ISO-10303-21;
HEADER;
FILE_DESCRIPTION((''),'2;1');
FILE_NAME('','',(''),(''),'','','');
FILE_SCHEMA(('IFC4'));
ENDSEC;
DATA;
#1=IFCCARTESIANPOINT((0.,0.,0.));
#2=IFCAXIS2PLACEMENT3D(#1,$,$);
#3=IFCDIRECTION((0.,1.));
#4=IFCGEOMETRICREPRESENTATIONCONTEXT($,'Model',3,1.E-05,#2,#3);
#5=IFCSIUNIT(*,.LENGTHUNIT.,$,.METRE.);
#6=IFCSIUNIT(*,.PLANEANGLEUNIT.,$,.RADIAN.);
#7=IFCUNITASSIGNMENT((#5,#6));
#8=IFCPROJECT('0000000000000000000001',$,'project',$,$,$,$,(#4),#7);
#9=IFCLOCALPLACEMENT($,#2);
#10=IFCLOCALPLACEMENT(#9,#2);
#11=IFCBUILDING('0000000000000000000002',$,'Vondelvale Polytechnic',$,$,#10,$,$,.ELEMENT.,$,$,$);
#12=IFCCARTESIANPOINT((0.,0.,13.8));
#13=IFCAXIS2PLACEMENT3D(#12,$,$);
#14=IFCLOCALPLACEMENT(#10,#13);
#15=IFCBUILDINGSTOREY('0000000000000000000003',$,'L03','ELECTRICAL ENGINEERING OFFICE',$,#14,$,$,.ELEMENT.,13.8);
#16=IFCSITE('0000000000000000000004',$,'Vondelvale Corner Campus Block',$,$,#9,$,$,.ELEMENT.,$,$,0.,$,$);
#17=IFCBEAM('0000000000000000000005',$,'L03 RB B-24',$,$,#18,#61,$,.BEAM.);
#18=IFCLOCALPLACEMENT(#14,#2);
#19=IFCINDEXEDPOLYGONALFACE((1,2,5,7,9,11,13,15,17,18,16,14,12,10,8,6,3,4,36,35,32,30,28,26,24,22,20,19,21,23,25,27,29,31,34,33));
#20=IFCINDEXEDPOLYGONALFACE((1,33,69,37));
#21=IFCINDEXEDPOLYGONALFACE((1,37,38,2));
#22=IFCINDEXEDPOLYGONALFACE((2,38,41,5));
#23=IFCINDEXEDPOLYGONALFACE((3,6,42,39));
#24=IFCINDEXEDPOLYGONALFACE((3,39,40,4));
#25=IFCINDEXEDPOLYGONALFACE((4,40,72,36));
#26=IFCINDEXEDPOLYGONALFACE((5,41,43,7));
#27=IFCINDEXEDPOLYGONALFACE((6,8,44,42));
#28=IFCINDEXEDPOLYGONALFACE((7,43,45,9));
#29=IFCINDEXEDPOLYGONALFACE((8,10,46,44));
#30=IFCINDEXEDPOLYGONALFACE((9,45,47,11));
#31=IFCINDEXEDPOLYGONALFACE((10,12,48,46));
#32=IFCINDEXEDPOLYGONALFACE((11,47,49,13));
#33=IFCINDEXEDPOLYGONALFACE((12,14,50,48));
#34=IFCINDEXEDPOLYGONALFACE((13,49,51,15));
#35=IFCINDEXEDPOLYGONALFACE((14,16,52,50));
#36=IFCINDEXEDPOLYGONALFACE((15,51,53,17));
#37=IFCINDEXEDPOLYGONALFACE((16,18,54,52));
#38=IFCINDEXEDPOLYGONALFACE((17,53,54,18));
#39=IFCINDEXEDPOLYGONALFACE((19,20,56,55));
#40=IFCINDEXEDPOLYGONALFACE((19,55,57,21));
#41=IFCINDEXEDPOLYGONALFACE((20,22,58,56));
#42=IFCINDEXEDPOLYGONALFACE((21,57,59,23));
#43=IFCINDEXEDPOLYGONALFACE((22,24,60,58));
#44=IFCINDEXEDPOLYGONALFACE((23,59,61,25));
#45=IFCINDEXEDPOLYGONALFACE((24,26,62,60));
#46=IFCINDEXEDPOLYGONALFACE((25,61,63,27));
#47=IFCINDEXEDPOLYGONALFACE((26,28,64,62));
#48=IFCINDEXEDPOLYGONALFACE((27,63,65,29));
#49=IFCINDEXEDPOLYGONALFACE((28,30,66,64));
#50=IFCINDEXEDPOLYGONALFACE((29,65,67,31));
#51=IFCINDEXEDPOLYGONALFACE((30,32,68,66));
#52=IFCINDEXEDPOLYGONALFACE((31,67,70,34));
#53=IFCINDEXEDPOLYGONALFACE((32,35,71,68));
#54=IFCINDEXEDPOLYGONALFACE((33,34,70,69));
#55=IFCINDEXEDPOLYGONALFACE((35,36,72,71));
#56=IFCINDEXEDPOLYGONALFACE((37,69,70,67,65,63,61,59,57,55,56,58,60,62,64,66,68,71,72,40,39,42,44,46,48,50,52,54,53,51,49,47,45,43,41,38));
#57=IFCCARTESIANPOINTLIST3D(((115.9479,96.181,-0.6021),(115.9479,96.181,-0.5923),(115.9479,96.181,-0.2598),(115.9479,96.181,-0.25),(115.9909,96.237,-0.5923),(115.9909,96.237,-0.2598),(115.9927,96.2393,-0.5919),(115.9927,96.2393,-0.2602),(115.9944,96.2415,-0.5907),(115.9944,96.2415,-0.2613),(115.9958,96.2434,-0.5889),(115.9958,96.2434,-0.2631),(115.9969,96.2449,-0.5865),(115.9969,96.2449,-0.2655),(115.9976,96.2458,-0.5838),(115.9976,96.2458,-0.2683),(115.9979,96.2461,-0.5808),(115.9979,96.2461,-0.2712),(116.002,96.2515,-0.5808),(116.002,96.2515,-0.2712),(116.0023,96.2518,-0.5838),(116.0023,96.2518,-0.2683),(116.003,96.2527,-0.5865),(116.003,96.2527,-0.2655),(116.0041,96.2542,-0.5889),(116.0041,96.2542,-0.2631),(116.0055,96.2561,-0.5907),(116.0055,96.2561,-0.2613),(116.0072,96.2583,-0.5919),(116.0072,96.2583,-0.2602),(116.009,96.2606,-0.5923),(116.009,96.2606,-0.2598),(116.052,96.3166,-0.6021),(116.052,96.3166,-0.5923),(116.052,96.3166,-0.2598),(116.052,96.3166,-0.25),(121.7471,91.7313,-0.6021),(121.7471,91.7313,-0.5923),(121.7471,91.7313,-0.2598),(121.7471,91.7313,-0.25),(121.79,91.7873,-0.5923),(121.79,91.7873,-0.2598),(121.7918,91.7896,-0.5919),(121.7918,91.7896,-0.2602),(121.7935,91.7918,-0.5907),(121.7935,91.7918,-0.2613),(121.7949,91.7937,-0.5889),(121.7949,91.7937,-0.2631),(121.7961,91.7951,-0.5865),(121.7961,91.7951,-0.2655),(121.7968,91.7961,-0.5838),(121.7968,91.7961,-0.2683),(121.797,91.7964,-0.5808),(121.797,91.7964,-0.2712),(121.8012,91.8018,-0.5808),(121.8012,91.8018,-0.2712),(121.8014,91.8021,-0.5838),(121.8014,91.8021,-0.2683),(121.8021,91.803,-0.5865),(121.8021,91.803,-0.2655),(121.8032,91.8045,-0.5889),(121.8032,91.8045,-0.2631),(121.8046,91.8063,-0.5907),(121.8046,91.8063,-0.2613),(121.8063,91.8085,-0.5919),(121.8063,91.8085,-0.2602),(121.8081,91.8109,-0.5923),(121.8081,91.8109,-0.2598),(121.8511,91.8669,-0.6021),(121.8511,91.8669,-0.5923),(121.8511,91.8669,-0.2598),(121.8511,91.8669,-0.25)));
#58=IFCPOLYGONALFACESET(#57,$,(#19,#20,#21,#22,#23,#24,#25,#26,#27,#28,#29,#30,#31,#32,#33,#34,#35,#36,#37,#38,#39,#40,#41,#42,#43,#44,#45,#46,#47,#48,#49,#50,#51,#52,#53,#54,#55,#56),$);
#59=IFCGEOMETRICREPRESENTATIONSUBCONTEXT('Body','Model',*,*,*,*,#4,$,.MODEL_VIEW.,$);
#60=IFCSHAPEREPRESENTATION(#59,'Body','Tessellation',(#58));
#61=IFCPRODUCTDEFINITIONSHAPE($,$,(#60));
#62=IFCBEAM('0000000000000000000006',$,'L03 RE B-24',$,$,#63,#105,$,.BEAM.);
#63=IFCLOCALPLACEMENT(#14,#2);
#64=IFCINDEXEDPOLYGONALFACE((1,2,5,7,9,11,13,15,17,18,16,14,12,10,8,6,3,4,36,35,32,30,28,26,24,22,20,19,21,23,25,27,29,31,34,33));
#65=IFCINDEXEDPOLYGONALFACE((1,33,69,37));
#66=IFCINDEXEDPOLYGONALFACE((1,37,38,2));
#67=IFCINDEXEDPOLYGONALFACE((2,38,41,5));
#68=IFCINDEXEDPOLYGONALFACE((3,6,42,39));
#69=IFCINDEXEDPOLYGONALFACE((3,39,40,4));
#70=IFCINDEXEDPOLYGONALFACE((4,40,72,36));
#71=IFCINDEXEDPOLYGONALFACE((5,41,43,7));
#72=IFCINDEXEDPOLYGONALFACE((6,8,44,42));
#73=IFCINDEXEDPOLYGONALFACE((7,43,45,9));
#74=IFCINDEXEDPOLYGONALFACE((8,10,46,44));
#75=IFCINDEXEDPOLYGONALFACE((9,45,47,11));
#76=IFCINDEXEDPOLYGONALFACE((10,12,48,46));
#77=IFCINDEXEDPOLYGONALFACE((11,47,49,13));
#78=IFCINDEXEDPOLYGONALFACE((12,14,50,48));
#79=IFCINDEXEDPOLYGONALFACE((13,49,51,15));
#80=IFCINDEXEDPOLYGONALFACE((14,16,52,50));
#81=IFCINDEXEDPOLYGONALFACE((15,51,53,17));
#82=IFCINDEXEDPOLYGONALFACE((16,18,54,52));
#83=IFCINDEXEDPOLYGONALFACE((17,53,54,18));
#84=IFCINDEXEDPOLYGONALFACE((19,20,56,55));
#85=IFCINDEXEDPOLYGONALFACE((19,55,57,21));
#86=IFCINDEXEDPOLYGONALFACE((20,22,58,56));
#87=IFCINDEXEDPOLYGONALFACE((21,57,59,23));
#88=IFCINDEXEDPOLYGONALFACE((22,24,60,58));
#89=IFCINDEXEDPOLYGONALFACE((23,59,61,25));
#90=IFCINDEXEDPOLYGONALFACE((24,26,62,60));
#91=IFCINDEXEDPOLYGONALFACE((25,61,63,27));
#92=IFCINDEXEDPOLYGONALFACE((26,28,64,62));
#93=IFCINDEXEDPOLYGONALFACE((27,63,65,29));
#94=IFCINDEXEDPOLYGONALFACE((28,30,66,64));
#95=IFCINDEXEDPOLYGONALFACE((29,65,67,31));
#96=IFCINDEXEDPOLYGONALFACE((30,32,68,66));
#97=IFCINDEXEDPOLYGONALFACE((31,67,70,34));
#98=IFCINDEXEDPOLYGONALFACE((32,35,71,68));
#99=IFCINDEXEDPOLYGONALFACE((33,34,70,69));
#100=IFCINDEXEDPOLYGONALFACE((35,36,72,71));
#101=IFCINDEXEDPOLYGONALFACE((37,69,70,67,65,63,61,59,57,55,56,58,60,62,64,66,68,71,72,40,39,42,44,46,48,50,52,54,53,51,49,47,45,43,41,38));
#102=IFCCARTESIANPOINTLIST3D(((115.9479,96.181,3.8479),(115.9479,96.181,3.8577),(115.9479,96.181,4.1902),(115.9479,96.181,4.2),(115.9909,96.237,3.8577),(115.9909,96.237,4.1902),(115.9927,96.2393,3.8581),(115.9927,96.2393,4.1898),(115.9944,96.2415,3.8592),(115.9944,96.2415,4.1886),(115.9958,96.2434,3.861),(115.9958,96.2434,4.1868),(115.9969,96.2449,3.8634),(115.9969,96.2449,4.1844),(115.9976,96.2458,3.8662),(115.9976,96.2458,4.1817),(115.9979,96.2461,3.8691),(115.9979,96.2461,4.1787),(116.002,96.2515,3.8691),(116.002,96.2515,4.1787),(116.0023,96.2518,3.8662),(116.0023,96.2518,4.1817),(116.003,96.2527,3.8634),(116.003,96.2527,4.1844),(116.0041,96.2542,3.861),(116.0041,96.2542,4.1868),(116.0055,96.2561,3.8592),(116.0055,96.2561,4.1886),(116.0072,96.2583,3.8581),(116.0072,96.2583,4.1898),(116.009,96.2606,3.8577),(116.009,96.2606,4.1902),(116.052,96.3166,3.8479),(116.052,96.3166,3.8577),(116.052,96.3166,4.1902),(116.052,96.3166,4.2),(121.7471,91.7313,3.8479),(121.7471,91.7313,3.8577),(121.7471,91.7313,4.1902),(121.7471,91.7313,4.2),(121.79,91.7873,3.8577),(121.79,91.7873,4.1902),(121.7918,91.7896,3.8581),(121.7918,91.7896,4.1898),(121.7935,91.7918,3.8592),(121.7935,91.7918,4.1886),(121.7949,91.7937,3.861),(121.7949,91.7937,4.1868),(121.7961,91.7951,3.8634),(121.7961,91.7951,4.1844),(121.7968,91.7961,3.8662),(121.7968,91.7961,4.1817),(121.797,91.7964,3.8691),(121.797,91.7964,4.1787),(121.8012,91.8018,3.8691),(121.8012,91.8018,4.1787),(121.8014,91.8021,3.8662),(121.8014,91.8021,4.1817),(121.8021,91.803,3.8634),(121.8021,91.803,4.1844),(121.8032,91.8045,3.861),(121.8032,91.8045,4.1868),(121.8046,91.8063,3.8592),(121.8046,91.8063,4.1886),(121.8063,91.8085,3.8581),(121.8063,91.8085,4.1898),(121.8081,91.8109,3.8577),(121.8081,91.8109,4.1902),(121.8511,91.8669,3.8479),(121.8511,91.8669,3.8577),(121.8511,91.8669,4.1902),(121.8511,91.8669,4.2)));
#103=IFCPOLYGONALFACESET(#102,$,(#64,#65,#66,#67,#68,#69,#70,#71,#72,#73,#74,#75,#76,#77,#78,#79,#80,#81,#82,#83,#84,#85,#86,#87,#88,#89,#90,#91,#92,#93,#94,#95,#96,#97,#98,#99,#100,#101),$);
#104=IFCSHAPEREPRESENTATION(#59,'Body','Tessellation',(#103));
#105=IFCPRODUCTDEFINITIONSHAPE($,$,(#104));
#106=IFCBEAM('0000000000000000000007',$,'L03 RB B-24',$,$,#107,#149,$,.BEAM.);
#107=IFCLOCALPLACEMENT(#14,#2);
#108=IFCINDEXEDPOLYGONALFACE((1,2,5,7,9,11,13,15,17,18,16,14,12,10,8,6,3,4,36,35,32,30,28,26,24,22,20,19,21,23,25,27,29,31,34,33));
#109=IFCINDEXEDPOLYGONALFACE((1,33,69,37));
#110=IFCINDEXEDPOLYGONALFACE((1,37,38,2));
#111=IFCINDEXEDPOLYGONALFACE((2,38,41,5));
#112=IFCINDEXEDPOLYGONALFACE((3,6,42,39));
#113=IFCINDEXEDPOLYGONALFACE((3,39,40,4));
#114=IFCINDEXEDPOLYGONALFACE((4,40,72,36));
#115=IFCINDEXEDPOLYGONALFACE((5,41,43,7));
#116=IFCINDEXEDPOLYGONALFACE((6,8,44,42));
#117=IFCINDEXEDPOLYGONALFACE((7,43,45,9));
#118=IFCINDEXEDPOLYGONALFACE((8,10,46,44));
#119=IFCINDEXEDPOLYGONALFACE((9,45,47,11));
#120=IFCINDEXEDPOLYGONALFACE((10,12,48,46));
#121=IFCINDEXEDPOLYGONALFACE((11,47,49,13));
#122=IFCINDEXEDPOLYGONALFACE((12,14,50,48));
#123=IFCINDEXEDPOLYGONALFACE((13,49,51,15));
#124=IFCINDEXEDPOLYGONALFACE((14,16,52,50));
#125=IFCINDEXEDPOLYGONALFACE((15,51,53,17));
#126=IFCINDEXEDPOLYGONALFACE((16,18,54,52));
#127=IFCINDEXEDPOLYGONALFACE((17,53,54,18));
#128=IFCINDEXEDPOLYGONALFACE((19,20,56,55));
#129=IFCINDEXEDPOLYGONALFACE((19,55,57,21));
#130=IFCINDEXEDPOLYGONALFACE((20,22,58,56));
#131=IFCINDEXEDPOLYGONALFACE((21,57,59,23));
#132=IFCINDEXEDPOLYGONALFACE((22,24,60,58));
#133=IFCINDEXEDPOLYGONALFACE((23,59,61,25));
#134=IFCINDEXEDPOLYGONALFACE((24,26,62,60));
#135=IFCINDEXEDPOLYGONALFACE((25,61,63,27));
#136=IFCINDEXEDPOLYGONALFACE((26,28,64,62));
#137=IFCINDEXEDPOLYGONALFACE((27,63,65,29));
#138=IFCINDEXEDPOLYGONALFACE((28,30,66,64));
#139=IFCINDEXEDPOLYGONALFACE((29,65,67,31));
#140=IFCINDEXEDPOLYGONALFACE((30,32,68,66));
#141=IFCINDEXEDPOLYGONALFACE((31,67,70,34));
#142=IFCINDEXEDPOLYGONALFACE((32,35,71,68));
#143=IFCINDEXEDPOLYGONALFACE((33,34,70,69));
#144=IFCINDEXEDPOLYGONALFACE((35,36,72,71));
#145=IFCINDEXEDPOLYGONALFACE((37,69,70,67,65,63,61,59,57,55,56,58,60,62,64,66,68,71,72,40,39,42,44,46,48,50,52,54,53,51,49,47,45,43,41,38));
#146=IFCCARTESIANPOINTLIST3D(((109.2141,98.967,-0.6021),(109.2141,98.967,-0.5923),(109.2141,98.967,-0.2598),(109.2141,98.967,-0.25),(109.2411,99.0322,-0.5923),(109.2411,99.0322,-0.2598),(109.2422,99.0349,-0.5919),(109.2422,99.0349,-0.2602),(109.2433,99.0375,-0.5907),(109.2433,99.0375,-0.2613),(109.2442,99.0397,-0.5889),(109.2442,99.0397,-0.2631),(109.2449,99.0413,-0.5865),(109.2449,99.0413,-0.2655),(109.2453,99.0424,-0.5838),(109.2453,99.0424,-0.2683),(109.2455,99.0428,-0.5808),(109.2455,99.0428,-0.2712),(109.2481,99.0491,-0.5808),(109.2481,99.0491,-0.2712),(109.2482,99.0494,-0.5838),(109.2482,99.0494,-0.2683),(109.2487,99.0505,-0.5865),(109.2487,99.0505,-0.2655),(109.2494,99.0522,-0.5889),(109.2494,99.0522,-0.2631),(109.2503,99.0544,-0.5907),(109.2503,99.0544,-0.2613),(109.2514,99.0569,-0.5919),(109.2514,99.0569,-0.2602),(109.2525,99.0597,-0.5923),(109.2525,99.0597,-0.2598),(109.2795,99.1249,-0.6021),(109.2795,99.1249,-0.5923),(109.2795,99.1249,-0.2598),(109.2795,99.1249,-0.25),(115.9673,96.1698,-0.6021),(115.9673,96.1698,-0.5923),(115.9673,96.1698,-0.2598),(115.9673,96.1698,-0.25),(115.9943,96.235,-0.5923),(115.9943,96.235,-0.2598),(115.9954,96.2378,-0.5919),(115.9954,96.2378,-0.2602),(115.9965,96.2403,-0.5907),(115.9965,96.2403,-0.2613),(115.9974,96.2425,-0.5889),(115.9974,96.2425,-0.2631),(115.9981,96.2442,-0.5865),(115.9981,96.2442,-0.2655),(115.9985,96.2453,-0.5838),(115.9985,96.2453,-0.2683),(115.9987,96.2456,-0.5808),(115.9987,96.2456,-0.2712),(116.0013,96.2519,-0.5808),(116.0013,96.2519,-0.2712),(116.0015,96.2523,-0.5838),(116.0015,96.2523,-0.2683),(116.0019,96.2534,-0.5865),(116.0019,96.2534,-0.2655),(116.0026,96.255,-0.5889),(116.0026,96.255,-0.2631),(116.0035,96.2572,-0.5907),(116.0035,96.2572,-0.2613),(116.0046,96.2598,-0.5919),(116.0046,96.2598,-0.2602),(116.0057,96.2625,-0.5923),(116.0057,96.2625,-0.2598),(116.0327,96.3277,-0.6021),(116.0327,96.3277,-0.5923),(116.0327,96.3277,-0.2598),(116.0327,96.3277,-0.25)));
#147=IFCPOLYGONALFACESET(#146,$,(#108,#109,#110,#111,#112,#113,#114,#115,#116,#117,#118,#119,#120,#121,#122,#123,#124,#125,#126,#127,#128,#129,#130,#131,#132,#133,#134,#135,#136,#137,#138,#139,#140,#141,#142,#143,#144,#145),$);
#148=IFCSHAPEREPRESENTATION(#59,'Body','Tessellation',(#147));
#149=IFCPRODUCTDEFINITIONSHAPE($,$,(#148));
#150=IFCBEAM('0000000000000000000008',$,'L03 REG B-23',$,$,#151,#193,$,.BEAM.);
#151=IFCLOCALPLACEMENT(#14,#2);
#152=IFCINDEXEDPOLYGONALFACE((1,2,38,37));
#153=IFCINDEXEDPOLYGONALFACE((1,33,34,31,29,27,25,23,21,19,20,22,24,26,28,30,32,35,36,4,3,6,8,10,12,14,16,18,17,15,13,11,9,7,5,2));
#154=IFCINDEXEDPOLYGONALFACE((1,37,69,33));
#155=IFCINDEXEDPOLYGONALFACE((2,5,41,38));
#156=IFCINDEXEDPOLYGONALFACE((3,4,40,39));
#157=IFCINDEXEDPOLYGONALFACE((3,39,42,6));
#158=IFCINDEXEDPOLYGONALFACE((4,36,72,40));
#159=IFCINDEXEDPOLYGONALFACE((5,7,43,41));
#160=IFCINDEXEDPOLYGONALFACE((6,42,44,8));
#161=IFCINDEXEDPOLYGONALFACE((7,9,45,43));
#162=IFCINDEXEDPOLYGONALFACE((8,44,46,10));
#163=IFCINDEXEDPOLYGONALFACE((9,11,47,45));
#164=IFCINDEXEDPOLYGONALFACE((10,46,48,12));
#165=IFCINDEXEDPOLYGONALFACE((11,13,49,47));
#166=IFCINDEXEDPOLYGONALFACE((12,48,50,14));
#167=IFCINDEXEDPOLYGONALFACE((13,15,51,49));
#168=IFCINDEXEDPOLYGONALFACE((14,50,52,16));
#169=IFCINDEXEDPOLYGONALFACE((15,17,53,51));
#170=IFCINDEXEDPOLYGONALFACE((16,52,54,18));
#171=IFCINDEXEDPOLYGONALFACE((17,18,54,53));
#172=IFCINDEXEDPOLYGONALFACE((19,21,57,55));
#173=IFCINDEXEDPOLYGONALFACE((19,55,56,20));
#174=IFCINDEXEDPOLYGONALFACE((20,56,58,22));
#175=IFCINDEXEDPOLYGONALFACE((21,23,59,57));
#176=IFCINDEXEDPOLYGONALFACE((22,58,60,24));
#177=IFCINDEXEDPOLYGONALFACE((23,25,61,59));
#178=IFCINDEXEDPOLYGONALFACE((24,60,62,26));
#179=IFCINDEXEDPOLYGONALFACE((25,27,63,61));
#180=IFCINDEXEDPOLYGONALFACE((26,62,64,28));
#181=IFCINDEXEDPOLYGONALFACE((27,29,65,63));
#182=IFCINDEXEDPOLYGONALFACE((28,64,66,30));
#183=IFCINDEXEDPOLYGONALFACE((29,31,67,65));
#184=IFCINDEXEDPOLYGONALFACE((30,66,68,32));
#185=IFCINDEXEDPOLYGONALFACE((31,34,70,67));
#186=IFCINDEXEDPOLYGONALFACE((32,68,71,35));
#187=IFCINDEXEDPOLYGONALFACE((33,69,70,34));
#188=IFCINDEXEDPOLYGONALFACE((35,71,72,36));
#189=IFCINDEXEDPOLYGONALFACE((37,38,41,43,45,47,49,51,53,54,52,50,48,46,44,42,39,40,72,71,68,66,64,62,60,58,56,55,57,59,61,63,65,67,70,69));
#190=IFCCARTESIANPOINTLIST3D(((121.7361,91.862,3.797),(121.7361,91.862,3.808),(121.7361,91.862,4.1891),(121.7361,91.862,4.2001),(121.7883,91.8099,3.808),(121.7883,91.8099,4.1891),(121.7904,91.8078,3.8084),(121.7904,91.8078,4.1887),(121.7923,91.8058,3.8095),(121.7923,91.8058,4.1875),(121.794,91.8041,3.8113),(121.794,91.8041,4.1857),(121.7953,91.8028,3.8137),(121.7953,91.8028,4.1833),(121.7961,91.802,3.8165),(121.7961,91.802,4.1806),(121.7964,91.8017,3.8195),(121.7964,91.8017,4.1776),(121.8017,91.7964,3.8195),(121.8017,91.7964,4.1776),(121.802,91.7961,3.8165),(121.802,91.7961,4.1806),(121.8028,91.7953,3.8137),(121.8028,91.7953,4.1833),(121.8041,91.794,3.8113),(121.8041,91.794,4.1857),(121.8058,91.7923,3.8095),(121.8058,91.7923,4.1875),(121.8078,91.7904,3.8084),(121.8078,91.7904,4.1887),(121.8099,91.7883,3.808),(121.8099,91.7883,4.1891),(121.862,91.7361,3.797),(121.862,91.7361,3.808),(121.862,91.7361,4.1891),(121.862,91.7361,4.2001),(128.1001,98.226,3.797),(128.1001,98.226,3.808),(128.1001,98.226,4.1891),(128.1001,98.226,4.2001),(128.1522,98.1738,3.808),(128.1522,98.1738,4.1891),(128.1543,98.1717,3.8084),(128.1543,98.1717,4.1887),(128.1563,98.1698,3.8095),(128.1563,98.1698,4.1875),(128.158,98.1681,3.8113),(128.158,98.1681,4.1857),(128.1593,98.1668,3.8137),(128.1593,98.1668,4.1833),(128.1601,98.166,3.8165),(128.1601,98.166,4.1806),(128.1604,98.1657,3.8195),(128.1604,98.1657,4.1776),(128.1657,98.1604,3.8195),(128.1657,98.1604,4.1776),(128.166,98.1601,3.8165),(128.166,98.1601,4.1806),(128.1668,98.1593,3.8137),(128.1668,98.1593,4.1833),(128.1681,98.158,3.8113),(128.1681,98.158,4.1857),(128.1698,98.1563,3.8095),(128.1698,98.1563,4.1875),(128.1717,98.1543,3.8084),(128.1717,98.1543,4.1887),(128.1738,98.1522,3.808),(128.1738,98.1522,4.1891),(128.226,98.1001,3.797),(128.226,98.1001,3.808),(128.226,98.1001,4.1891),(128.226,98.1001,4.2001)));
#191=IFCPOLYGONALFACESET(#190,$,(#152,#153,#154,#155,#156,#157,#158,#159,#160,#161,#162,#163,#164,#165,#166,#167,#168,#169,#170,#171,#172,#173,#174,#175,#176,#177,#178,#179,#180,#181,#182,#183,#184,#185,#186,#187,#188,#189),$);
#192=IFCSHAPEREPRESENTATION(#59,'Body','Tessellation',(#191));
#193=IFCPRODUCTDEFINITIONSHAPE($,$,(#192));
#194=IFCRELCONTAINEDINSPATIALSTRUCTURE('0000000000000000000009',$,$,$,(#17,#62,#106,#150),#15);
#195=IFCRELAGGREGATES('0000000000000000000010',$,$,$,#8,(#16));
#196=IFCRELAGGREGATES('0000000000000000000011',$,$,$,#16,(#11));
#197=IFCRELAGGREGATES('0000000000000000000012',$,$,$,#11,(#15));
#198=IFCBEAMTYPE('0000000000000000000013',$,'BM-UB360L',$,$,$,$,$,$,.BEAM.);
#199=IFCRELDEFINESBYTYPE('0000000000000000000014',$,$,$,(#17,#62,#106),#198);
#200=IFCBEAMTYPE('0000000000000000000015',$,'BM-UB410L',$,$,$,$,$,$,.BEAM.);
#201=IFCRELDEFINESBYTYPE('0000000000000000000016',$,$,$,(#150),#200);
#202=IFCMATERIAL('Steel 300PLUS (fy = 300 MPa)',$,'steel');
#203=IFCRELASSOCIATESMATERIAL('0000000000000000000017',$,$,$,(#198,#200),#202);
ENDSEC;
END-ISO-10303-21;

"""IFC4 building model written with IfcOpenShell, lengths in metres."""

from ifc_helpers import new_model, si_unit, direction, frame, origin, origin_2d, place, context, subcontext, project, spatial, i_section, extrude, material, material_profile, profile_set, type_object, element, save


model = new_model("IFC4")

# Units and contexts
model_context = context("Model", 3, precision=1e-05, world=origin(), true_north=direction((0.0, 1.0)))
body_context = subcontext(model_context, "Body", "Model", "MODEL_VIEW")
ifc_project = project(units=[si_unit("LENGTHUNIT", "METRE"), si_unit("PLANEANGLEUNIT", "RADIAN")], contexts=[model_context])

# Site, building, storey
site_placement = place(None, origin())
site = spatial("IfcSite", under=ifc_project, at=site_placement, Name="Vondelvale Corner Campus Block", CompositionType="ELEMENT", RefElevation=0.0)
building_placement = place(site_placement, origin())
building = spatial("IfcBuilding", under=site, at=building_placement, Name="Vondelvale Polytechnic", CompositionType="ELEMENT")
storey_placement = place(building_placement, frame((0.0, 0.0, 13.8)))
storey = spatial("IfcBuildingStorey", under=building, at=storey_placement, Name="L03", Description="ELECTRICAL ENGINEERING OFFICE", CompositionType="ELEMENT", Elevation=13.8)

# Beams
ifc_material_1 = material(Name="Steel 300PLUS (fy = 300 MPa)", Category="steel")
ifc_material_profile_1 = material_profile(ifc_material_1, i_section(OverallWidth=0.1709, OverallDepth=0.3521, WebThickness=0.0068, FlangeThickness=0.0098, FilletRadius=0.0115, at=origin_2d()), Name="360UB44.7")
ifc_profile_set_1 = profile_set([ifc_material_profile_1], Name="Steel 300PLUS (fy = 300 MPa)")
beam_type_1 = type_object("IfcBeamType", Name="BM-UB360L", PredefinedType="BEAM", material=ifc_profile_set_1)
for number, where, z_axis, x_axis, name in (
    (1, (121.7991, 91.7991, -0.426), (-0.793358, 0.608755, 0.0), (-0.608755, -0.793358, 0.0), "L03 RB B-24"),
    (2, (121.7991, 91.7991, 4.0239), (-0.793358, 0.608755, 0.0), (-0.608755, -0.793358, 0.0), "L03 RE B-24"),
    (3, (116.0, 96.2488, -0.426), (-0.923886, 0.382667, 0.0), (-0.382667, -0.923886, 0.0), "L03 RB B-24"),
):
    element("IfcBeam", number, at=place(storey_placement, frame(where, z_axis=z_axis, x_axis=x_axis)), inside=storey, type_object=beam_type_1, Name=name, PredefinedType="BEAM", context=body_context, shape_type="SweptSolid", body=[
        extrude(i_section(OverallWidth=0.1709, OverallDepth=0.3521, WebThickness=0.0068, FlangeThickness=0.0098, FilletRadius=0.0115, at=origin_2d()), origin(), (0.0, 0.0, 1.0), 7.3096),
    ])
ifc_material_profile_2 = material_profile(ifc_material_1, i_section(OverallWidth=0.178, OverallDepth=0.4031, WebThickness=0.0076, FlangeThickness=0.011, FilletRadius=0.0115, at=origin_2d()), Name="410UB53.7")
ifc_profile_set_2 = profile_set([ifc_material_profile_2], Name="Steel 300PLUS (fy = 300 MPa)")
beam_type_2 = type_object("IfcBeamType", Name="BM-UB410L", PredefinedType="BEAM", material=ifc_profile_set_2)
beam_1_placement = place(storey_placement, frame((121.7991, 91.7991, 3.9985), z_axis=(0.707107, 0.707107, 0.0), x_axis=(-0.707107, 0.707107, 0.0)))
element("IfcBeam", 4, at=beam_1_placement, inside=storey, type_object=beam_type_2, Name="L03 REG B-23", PredefinedType="BEAM", context=body_context, shape_type="SweptSolid", body=[
    extrude(i_section(OverallWidth=0.178, OverallDepth=0.4031, WebThickness=0.0076, FlangeThickness=0.011, FilletRadius=0.0115, at=origin_2d()), origin(), (0.0, 0.0, 1.0), 9.0),
])

save(model, "model.ifc")
